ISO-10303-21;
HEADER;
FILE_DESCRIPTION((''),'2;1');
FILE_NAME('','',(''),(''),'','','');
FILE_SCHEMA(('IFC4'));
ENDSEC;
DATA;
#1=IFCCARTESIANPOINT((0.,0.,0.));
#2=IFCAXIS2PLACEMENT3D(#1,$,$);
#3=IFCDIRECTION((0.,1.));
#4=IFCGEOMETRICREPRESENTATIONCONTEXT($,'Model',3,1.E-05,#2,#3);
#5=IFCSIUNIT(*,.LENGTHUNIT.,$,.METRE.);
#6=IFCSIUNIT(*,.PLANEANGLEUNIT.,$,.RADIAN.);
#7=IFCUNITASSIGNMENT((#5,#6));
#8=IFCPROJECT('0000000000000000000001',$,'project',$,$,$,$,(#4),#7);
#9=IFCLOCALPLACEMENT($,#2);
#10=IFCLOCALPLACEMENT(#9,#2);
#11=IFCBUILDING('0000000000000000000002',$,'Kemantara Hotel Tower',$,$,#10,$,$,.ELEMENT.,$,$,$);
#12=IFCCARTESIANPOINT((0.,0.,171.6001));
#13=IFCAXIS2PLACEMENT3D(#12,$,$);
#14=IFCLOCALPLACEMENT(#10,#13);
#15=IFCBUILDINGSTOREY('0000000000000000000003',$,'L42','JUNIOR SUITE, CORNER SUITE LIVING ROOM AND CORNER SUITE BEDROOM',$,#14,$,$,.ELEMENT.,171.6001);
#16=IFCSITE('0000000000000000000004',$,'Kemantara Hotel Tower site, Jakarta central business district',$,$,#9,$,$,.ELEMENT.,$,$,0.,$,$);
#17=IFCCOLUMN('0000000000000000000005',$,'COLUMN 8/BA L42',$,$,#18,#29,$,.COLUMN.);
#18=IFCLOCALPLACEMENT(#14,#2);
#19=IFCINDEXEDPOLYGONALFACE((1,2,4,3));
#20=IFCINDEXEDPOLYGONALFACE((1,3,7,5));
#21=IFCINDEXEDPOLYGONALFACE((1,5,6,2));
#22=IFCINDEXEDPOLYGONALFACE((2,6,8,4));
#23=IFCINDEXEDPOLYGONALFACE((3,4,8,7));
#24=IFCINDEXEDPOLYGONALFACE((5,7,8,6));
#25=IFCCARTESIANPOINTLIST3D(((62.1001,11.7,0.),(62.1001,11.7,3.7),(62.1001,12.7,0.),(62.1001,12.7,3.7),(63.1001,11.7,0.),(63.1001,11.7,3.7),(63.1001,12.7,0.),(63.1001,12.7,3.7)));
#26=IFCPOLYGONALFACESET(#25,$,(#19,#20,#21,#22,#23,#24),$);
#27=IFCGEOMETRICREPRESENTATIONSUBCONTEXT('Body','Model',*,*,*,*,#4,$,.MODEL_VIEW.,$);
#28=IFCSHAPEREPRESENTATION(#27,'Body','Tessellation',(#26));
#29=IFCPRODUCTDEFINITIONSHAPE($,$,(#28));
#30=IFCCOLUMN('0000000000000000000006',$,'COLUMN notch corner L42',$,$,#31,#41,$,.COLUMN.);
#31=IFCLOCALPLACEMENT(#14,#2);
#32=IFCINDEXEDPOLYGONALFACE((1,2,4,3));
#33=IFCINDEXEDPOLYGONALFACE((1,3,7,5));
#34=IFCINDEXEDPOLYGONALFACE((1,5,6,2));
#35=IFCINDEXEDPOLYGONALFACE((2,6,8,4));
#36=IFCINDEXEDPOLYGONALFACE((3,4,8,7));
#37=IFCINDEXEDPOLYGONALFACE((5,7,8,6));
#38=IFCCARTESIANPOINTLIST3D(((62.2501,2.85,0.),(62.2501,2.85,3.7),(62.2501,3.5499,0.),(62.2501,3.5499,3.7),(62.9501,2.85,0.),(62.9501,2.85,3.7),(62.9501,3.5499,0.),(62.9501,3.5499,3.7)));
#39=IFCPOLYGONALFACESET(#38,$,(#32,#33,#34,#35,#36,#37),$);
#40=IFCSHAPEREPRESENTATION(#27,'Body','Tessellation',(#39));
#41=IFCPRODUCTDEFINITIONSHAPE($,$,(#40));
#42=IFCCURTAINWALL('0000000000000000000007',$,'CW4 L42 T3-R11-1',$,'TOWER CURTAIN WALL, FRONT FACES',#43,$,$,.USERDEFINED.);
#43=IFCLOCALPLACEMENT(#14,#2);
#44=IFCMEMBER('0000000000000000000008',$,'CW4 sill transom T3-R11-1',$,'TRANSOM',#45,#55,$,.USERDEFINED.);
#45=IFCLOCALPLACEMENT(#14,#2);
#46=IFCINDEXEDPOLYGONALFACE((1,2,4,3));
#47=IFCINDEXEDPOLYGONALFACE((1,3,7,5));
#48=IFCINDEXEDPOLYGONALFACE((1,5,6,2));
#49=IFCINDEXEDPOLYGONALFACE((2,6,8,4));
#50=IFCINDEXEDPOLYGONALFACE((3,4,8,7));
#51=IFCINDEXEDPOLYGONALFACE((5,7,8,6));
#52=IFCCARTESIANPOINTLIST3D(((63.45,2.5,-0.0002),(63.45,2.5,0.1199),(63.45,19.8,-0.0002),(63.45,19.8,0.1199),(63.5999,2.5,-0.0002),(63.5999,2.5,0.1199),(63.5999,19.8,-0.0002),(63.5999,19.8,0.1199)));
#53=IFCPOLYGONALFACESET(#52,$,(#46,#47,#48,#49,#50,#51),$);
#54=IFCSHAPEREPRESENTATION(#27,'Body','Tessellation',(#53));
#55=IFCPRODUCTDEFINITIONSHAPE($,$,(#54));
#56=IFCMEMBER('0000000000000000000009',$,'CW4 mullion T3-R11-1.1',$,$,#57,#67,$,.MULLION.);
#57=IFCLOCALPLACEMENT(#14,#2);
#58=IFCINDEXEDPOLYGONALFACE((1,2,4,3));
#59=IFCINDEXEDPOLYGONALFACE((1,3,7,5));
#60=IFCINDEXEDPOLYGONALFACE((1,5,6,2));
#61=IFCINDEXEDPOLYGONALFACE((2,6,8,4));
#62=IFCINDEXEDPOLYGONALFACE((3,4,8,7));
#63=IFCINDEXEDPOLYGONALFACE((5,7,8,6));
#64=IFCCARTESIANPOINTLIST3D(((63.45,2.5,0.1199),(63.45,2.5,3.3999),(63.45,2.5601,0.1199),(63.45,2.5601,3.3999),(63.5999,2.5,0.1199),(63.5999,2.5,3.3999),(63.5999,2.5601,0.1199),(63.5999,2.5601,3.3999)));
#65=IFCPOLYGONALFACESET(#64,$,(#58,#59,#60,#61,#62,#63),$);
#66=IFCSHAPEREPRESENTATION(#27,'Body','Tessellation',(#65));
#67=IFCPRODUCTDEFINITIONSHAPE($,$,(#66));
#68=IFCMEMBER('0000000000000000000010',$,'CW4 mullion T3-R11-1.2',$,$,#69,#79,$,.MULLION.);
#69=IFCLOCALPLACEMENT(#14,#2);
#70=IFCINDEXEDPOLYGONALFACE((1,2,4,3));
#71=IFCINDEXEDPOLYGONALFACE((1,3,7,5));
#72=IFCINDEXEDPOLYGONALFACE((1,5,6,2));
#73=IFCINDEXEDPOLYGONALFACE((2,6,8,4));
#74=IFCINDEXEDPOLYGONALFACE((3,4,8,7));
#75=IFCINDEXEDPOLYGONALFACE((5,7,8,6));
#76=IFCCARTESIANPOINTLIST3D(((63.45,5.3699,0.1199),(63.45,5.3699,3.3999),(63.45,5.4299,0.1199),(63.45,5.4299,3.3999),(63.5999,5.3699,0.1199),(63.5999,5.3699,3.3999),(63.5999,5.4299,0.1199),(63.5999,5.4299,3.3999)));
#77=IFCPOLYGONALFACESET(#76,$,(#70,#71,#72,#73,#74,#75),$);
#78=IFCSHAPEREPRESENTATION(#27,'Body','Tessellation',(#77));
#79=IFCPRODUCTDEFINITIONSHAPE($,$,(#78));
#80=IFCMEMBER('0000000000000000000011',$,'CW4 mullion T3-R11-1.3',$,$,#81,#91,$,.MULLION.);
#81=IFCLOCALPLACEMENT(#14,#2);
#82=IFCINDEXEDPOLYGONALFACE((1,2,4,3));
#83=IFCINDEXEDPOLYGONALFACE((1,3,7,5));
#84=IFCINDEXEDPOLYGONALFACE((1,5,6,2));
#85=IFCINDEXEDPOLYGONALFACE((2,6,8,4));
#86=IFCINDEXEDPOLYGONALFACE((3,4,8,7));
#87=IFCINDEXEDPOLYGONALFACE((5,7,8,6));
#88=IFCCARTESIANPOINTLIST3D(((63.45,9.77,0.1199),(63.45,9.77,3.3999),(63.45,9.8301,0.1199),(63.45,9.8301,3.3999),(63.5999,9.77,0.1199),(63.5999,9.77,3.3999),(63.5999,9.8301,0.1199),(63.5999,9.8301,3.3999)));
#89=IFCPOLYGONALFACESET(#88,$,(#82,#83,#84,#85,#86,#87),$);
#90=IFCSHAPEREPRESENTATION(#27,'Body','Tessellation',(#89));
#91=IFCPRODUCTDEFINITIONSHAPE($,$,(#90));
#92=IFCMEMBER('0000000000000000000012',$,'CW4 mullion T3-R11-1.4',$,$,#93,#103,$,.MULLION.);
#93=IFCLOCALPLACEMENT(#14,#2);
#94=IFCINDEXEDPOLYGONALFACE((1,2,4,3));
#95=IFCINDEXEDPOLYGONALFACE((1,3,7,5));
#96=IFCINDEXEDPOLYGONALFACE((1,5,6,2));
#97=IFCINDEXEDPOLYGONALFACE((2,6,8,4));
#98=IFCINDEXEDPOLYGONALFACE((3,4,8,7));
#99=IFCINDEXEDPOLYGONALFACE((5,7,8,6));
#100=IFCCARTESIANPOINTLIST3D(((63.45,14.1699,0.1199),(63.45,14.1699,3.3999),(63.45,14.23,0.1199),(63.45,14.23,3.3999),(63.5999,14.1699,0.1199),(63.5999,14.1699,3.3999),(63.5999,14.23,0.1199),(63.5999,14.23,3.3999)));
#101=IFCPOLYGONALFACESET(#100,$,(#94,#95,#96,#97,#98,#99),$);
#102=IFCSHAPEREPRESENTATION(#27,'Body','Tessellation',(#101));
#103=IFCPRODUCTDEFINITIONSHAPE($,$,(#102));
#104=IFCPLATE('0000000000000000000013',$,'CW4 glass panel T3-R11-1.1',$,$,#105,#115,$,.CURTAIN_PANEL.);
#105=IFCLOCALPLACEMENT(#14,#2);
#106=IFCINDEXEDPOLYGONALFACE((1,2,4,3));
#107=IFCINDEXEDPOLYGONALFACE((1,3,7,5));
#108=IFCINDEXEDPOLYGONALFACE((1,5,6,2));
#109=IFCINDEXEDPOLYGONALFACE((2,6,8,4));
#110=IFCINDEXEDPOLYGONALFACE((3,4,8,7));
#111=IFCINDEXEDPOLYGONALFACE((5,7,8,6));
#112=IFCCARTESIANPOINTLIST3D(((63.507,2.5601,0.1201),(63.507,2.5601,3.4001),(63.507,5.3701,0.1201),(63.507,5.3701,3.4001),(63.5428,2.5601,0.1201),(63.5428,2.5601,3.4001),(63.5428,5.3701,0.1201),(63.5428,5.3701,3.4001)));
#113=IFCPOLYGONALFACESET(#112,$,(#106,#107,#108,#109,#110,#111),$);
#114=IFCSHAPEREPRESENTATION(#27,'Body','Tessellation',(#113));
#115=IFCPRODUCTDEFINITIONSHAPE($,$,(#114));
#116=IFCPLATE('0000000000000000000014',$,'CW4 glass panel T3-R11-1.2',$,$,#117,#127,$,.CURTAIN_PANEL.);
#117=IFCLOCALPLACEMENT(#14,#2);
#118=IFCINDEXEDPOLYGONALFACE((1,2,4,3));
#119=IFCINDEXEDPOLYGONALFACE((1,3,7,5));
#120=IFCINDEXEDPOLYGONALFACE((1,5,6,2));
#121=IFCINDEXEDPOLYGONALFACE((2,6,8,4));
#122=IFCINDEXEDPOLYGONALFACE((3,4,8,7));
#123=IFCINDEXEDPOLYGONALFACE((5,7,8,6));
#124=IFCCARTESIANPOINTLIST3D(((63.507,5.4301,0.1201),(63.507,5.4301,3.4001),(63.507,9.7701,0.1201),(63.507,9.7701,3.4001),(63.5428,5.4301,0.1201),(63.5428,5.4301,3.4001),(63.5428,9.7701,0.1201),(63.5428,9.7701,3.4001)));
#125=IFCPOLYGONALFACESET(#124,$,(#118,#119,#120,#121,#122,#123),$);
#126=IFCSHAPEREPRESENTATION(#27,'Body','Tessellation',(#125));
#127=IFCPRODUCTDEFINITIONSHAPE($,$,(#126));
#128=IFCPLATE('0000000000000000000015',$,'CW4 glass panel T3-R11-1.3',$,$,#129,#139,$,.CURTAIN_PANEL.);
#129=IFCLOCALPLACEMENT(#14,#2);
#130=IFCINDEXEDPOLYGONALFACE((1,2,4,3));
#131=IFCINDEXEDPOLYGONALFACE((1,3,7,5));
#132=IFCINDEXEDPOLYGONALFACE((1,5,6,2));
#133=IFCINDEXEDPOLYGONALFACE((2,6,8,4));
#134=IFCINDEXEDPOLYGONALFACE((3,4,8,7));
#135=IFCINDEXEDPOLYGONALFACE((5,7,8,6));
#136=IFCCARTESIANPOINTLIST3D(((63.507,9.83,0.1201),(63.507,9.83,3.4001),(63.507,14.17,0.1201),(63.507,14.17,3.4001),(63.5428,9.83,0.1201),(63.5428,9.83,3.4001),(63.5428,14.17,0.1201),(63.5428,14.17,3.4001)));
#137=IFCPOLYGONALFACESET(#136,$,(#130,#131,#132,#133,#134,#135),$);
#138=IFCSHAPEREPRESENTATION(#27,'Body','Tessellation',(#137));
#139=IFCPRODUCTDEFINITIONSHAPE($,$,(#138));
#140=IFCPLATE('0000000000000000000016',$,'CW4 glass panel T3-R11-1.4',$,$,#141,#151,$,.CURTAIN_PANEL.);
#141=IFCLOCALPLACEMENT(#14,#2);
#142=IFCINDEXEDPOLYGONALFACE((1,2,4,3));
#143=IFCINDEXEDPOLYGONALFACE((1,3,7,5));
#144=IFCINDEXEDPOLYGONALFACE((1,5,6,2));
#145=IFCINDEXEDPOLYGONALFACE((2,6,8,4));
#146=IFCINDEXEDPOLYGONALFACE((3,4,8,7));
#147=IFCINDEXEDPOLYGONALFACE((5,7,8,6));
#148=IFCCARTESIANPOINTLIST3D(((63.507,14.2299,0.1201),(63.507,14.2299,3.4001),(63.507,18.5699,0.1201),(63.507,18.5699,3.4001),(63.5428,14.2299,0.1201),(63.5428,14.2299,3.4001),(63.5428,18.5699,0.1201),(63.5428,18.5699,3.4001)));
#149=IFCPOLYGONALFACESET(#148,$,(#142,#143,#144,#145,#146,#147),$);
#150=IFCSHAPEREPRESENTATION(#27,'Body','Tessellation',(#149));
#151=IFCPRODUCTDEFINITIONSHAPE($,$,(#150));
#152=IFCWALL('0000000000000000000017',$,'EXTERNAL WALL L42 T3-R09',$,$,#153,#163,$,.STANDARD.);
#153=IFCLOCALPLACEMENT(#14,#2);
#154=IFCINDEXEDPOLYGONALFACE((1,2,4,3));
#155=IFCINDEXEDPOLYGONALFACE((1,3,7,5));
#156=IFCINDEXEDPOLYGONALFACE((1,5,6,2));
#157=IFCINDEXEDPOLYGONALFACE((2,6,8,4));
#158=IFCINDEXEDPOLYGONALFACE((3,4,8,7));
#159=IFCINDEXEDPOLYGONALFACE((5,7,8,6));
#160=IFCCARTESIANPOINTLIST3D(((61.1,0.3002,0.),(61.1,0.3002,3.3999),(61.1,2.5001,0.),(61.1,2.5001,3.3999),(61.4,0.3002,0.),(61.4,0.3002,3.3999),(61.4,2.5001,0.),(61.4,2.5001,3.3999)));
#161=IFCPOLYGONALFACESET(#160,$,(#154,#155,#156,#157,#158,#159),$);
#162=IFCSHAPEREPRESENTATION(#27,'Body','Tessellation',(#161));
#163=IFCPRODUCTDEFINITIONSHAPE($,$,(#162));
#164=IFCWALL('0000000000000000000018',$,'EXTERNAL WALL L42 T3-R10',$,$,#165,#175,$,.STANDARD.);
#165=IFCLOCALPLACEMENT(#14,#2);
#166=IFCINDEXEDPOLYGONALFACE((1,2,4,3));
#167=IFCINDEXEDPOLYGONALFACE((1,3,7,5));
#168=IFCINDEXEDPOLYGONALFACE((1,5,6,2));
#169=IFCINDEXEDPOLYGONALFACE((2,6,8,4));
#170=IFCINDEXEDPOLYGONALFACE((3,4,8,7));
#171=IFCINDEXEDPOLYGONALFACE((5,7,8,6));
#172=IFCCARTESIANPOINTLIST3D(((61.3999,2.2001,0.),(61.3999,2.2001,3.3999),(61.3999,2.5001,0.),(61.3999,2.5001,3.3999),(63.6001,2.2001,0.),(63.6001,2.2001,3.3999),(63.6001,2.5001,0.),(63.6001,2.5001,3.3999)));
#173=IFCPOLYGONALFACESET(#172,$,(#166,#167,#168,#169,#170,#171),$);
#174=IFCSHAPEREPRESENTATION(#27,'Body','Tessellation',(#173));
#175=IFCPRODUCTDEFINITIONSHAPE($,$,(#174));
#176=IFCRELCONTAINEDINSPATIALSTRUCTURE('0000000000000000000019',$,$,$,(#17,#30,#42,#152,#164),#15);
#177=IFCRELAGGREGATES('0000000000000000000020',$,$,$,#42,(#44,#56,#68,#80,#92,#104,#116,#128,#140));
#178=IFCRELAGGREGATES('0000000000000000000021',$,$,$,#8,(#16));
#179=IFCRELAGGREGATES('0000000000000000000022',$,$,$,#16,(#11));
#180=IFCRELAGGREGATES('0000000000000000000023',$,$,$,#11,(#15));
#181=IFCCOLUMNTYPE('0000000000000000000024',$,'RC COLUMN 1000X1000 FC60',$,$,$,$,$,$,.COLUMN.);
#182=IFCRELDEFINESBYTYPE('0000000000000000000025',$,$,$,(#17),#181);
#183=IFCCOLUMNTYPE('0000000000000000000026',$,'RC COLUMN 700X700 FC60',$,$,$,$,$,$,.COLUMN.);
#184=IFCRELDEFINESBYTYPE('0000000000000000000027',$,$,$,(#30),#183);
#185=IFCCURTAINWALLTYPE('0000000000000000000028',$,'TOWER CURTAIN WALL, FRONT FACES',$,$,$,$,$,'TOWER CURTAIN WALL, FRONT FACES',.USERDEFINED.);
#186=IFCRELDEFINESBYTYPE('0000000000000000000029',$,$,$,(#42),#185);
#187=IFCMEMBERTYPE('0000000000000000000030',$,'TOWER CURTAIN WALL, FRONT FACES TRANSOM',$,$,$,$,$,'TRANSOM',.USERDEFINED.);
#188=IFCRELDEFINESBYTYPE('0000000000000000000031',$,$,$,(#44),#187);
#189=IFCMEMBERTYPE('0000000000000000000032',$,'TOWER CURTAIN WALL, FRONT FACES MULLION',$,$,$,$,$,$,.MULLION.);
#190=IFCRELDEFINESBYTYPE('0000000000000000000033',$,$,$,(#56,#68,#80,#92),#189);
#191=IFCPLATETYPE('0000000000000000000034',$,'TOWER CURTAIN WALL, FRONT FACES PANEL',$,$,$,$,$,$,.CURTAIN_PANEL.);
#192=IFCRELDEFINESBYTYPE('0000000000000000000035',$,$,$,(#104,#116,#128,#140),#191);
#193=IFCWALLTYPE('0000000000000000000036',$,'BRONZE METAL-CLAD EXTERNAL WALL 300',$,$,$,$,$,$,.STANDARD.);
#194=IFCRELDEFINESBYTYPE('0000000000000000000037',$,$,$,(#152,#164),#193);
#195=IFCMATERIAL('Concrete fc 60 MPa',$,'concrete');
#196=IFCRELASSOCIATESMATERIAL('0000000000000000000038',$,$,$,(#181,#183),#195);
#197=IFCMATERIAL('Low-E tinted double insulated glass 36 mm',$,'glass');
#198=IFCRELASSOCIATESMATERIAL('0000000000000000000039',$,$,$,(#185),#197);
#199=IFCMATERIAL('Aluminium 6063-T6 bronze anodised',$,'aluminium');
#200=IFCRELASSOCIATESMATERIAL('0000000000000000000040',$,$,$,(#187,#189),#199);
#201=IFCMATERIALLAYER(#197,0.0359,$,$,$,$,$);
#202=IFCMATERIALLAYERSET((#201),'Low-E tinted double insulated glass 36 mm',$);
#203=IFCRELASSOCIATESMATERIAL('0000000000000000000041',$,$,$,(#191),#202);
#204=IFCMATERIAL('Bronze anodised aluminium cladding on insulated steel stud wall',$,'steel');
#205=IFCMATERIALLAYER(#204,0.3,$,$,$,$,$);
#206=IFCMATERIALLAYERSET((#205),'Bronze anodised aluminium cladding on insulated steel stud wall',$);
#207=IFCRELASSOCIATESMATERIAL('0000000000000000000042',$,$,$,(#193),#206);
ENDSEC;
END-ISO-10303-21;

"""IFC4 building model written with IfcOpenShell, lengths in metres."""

from ifc_helpers import new_model, si_unit, direction, frame, frame_2d, origin, origin_2d, place, context, subcontext, project, spatial, rectangle, extrude, source, transform, mapped, material, layer, layer_set, material_profile, profile_set, type_object, element, aggregate, save


model = new_model("IFC4")

# Units and contexts
model_context = context("Model", 3, precision=1e-05, world=origin(), true_north=direction((0.0, 1.0)))
body_context = subcontext(model_context, "Body", "Model", "MODEL_VIEW")
ifc_project = project(units=[si_unit("LENGTHUNIT", "METRE"), si_unit("PLANEANGLEUNIT", "RADIAN")], contexts=[model_context])

# Site, building, storey
site_placement = place(None, origin())
site = spatial("IfcSite", under=ifc_project, at=site_placement, Name="Kemantara Hotel Tower site, Jakarta central business district", CompositionType="ELEMENT", RefElevation=0.0)
building_placement = place(site_placement, origin())
building = spatial("IfcBuilding", under=site, at=building_placement, Name="Kemantara Hotel Tower", CompositionType="ELEMENT")
storey_placement = place(building_placement, frame((0.0, 0.0, 171.6001)))
storey = spatial("IfcBuildingStorey", under=building, at=storey_placement, Name="L42", Description="JUNIOR SUITE, CORNER SUITE LIVING ROOM AND CORNER SUITE BEDROOM", CompositionType="ELEMENT", Elevation=171.6001)

# Columns
ifc_material_1 = material(Name="Concrete fc 60 MPa", Category="concrete")
ifc_material_profile_1 = material_profile(ifc_material_1, rectangle(XDim=1.0, YDim=1.0, at=origin_2d()), Name="RC 1000X1000")
ifc_profile_set_1 = profile_set([ifc_material_profile_1], Name="Concrete fc 60 MPa")
column_type_1 = type_object("IfcColumnType", Name="RC COLUMN 1000X1000 FC60", PredefinedType="COLUMN", material=ifc_profile_set_1)
column_1_placement = place(storey_placement, frame((62.6001, 12.2, 0.0), z_axis=(0.0, 0.0, 1.0), x_axis=(1.0, 0.0, 0.0)))
element("IfcColumn", 1, at=column_1_placement, inside=storey, type_object=column_type_1, Name="COLUMN 8/BA L42", PredefinedType="COLUMN", context=body_context, shape_type="SweptSolid", body=[
    extrude(rectangle(XDim=1.0, YDim=1.0, at=origin_2d()), origin(), (0.0, 0.0, 1.0), 3.7),
])
ifc_material_profile_2 = material_profile(ifc_material_1, rectangle(XDim=0.7, YDim=0.7, at=origin_2d()), Name="RC 700X700")
ifc_profile_set_2 = profile_set([ifc_material_profile_2], Name="Concrete fc 60 MPa")
column_type_2 = type_object("IfcColumnType", Name="RC COLUMN 700X700 FC60", PredefinedType="COLUMN", material=ifc_profile_set_2)
column_2_placement = place(storey_placement, frame((62.6001, 3.2, 0.0), z_axis=(0.0, 0.0, 1.0), x_axis=(1.0, 0.0, 0.0)))
element("IfcColumn", 2, at=column_2_placement, inside=storey, type_object=column_type_2, Name="COLUMN notch corner L42", PredefinedType="COLUMN", context=body_context, shape_type="SweptSolid", body=[
    extrude(rectangle(XDim=0.7, YDim=0.7, at=origin_2d()), origin(), (0.0, 0.0, 1.0), 3.7),
])

# Curtain wall, members, plates
ifc_material_2 = material(Name="Low-E tinted double insulated glass 36 mm", Category="glass")
curtain_wall_type = type_object("IfcCurtainWallType", Name="TOWER CURTAIN WALL, FRONT FACES", ElementType="TOWER CURTAIN WALL, FRONT FACES", PredefinedType="USERDEFINED", material=ifc_material_2)
curtain_wall_placement = place(storey_placement, origin())
curtain_wall = element("IfcCurtainWall", 3, at=curtain_wall_placement, inside=storey, type_object=curtain_wall_type, Name="CW4 L42 T3-R11-1", ObjectType="TOWER CURTAIN WALL, FRONT FACES", PredefinedType="USERDEFINED")
ifc_material_3 = material(Name="Aluminium 6063-T6 bronze anodised", Category="aluminium")
ifc_material_profile_3 = material_profile(ifc_material_3, rectangle(XDim=0.1499, YDim=0.1201, at=origin_2d()), Name="TOWER CURTAIN WALL, FRONT FACES TRANSOM")
ifc_profile_set_3 = profile_set([ifc_material_profile_3], Name="Aluminium 6063-T6 bronze anodised")
member_type_1 = type_object("IfcMemberType", Name="TOWER CURTAIN WALL, FRONT FACES TRANSOM", ElementType="TRANSOM", PredefinedType="USERDEFINED", material=ifc_profile_set_3)
member_1_placement = place(storey_placement, frame((63.5249, 2.5, 0.0598), z_axis=(0.0, 1.0, 0.0), x_axis=(-1.0, 0.0, 0.0)))
member_1 = element("IfcMember", 4, at=member_1_placement, type_object=member_type_1, Name="CW4 sill transom T3-R11-1", ObjectType="TRANSOM", PredefinedType="USERDEFINED", context=body_context, shape_type="SweptSolid", body=[
    extrude(rectangle(XDim=0.1499, YDim=0.1201, at=origin_2d()), origin(), (0.0, 0.0, 1.0), 17.3),
])
ifc_material_profile_4 = material_profile(ifc_material_3, rectangle(XDim=0.1499, YDim=0.0601, at=origin_2d()), Name="TOWER CURTAIN WALL, FRONT FACES MULLION")
ifc_profile_set_4 = profile_set([ifc_material_profile_4], Name="Aluminium 6063-T6 bronze anodised")
member_type_2 = type_object("IfcMemberType", Name="TOWER CURTAIN WALL, FRONT FACES MULLION", PredefinedType="MULLION", material=ifc_profile_set_4)
shared_shape_1 = source(origin(), body_context, "Body", "SweptSolid", [
    extrude(rectangle(XDim=0.1499, YDim=0.0601, at=origin_2d()), origin(), (0.0, 0.0, 1.0), 3.28),
])
member_2_placement = place(storey_placement, frame((63.5249, 2.53, 0.1199), z_axis=(0.0, 0.0, 1.0), x_axis=(-1.0, 0.0, 0.0)))
member_2 = element("IfcMember", 5, at=member_2_placement, type_object=member_type_2, Name="CW4 mullion T3-R11-1.1", PredefinedType="MULLION", context=body_context, shape_type="MappedRepresentation", body=[
    mapped(shared_shape_1, transform((0.0, 0.0, 0.0))),
])
member_3_placement = place(storey_placement, frame((63.5249, 5.3999, 0.1199), z_axis=(0.0, 0.0, 1.0), x_axis=(-1.0, 0.0, 0.0)))
member_3 = element("IfcMember", 6, at=member_3_placement, type_object=member_type_2, Name="CW4 mullion T3-R11-1.2", PredefinedType="MULLION", context=body_context, shape_type="MappedRepresentation", body=[
    mapped(shared_shape_1, transform((0.0, 0.0, 0.0))),
])
member_4_placement = place(storey_placement, frame((63.5249, 9.8, 0.1199), z_axis=(0.0, 0.0, 1.0), x_axis=(-1.0, 0.0, 0.0)))
member_4 = element("IfcMember", 7, at=member_4_placement, type_object=member_type_2, Name="CW4 mullion T3-R11-1.3", PredefinedType="MULLION", context=body_context, shape_type="MappedRepresentation", body=[
    mapped(shared_shape_1, transform((0.0, 0.0, 0.0))),
])
member_5_placement = place(storey_placement, frame((63.5249, 14.2, 0.1199), z_axis=(0.0, 0.0, 1.0), x_axis=(-1.0, 0.0, 0.0)))
member_5 = element("IfcMember", 8, at=member_5_placement, type_object=member_type_2, Name="CW4 mullion T3-R11-1.4", PredefinedType="MULLION", context=body_context, shape_type="MappedRepresentation", body=[
    mapped(shared_shape_1, transform((0.0, 0.0, 0.0))),
])
ifc_layer_1 = layer(ifc_material_2, 0.0359)
ifc_layer_set_1 = layer_set([ifc_layer_1], Name="Low-E tinted double insulated glass 36 mm")
plate_type = type_object("IfcPlateType", Name="TOWER CURTAIN WALL, FRONT FACES PANEL", PredefinedType="CURTAIN_PANEL", material=ifc_layer_set_1)
shared_shape_2 = source(origin(), body_context, "Body", "SweptSolid", [
    extrude(rectangle(XDim=2.8101, YDim=0.0359, at=origin_2d()), origin(), (0.0, 0.0, 1.0), 3.28),
])
plate_1_placement = place(storey_placement, frame((63.5249, 3.9651, 0.1201), z_axis=(0.0, 0.0, 1.0), x_axis=(0.0, 1.0, 0.0)))
plate_1 = element("IfcPlate", 9, at=plate_1_placement, type_object=plate_type, Name="CW4 glass panel T3-R11-1.1", PredefinedType="CURTAIN_PANEL", context=body_context, shape_type="MappedRepresentation", body=[
    mapped(shared_shape_2, transform((0.0, 0.0, 0.0))),
])
shared_shape_3 = source(origin(), body_context, "Body", "SweptSolid", [
    extrude(rectangle(XDim=4.3401, YDim=0.0359, at=origin_2d()), origin(), (0.0, 0.0, 1.0), 3.28),
])
plate_2_placement = place(storey_placement, frame((63.5249, 7.6001, 0.1201), z_axis=(0.0, 0.0, 1.0), x_axis=(0.0, 1.0, 0.0)))
plate_2 = element("IfcPlate", 10, at=plate_2_placement, type_object=plate_type, Name="CW4 glass panel T3-R11-1.2", PredefinedType="CURTAIN_PANEL", context=body_context, shape_type="MappedRepresentation", body=[
    mapped(shared_shape_3, transform((0.0, 0.0, 0.0))),
])
plate_3_placement = place(storey_placement, frame((63.5249, 12.0, 0.1201), z_axis=(0.0, 0.0, 1.0), x_axis=(0.0, 1.0, 0.0)))
plate_3 = element("IfcPlate", 11, at=plate_3_placement, type_object=plate_type, Name="CW4 glass panel T3-R11-1.3", PredefinedType="CURTAIN_PANEL", context=body_context, shape_type="MappedRepresentation", body=[
    mapped(shared_shape_3, transform((0.0, 0.0, 0.0))),
])
plate_4_placement = place(storey_placement, frame((63.5249, 16.3999, 0.1201), z_axis=(0.0, 0.0, 1.0), x_axis=(0.0, 1.0, 0.0)))
plate_4 = element("IfcPlate", 12, at=plate_4_placement, type_object=plate_type, Name="CW4 glass panel T3-R11-1.4", PredefinedType="CURTAIN_PANEL", context=body_context, shape_type="MappedRepresentation", body=[
    mapped(shared_shape_3, transform((0.0, 0.0, 0.0))),
])
aggregate(curtain_wall, [member_1, member_2, member_3, member_4, member_5, plate_1, plate_2, plate_3, plate_4])

# Walls
ifc_material_4 = material(Name="Bronze anodised aluminium cladding on insulated steel stud wall", Category="steel")
ifc_layer_2 = layer(ifc_material_4, 0.3)
ifc_layer_set_2 = layer_set([ifc_layer_2], Name="Bronze anodised aluminium cladding on insulated steel stud wall")
wall_type_1 = type_object("IfcWallType", Name="BRONZE METAL-CLAD EXTERNAL WALL 300", PredefinedType="STANDARD", material=ifc_layer_set_2)
wall_1_placement = place(storey_placement, frame((61.25, 0.3, 0.0), z_axis=(0.0, 0.0, 1.0), x_axis=(0.0, 1.0, 0.0)))
element("IfcWall", 13, at=wall_1_placement, inside=storey, type_object=wall_type_1, Name="EXTERNAL WALL L42 T3-R09", PredefinedType="STANDARD", context=body_context, shape_type="SweptSolid", body=[
    extrude(rectangle(XDim=2.2, YDim=0.3, at=frame_2d((1.1001, 0.0))), origin(), (0.0, 0.0, 1.0), 3.3999),
])
wall_2_placement = place(storey_placement, frame((61.3999, 2.3501, 0.0), z_axis=(0.0, 0.0, 1.0), x_axis=(1.0, 0.0, 0.0)))
element("IfcWall", 14, at=wall_2_placement, inside=storey, type_object=wall_type_1, Name="EXTERNAL WALL L42 T3-R10", PredefinedType="STANDARD", context=body_context, shape_type="SweptSolid", body=[
    extrude(rectangle(XDim=2.2002, YDim=0.3, at=frame_2d((1.1001, 0.0))), origin(), (0.0, 0.0, 1.0), 3.3999),
])

save(model, "model.ifc")
